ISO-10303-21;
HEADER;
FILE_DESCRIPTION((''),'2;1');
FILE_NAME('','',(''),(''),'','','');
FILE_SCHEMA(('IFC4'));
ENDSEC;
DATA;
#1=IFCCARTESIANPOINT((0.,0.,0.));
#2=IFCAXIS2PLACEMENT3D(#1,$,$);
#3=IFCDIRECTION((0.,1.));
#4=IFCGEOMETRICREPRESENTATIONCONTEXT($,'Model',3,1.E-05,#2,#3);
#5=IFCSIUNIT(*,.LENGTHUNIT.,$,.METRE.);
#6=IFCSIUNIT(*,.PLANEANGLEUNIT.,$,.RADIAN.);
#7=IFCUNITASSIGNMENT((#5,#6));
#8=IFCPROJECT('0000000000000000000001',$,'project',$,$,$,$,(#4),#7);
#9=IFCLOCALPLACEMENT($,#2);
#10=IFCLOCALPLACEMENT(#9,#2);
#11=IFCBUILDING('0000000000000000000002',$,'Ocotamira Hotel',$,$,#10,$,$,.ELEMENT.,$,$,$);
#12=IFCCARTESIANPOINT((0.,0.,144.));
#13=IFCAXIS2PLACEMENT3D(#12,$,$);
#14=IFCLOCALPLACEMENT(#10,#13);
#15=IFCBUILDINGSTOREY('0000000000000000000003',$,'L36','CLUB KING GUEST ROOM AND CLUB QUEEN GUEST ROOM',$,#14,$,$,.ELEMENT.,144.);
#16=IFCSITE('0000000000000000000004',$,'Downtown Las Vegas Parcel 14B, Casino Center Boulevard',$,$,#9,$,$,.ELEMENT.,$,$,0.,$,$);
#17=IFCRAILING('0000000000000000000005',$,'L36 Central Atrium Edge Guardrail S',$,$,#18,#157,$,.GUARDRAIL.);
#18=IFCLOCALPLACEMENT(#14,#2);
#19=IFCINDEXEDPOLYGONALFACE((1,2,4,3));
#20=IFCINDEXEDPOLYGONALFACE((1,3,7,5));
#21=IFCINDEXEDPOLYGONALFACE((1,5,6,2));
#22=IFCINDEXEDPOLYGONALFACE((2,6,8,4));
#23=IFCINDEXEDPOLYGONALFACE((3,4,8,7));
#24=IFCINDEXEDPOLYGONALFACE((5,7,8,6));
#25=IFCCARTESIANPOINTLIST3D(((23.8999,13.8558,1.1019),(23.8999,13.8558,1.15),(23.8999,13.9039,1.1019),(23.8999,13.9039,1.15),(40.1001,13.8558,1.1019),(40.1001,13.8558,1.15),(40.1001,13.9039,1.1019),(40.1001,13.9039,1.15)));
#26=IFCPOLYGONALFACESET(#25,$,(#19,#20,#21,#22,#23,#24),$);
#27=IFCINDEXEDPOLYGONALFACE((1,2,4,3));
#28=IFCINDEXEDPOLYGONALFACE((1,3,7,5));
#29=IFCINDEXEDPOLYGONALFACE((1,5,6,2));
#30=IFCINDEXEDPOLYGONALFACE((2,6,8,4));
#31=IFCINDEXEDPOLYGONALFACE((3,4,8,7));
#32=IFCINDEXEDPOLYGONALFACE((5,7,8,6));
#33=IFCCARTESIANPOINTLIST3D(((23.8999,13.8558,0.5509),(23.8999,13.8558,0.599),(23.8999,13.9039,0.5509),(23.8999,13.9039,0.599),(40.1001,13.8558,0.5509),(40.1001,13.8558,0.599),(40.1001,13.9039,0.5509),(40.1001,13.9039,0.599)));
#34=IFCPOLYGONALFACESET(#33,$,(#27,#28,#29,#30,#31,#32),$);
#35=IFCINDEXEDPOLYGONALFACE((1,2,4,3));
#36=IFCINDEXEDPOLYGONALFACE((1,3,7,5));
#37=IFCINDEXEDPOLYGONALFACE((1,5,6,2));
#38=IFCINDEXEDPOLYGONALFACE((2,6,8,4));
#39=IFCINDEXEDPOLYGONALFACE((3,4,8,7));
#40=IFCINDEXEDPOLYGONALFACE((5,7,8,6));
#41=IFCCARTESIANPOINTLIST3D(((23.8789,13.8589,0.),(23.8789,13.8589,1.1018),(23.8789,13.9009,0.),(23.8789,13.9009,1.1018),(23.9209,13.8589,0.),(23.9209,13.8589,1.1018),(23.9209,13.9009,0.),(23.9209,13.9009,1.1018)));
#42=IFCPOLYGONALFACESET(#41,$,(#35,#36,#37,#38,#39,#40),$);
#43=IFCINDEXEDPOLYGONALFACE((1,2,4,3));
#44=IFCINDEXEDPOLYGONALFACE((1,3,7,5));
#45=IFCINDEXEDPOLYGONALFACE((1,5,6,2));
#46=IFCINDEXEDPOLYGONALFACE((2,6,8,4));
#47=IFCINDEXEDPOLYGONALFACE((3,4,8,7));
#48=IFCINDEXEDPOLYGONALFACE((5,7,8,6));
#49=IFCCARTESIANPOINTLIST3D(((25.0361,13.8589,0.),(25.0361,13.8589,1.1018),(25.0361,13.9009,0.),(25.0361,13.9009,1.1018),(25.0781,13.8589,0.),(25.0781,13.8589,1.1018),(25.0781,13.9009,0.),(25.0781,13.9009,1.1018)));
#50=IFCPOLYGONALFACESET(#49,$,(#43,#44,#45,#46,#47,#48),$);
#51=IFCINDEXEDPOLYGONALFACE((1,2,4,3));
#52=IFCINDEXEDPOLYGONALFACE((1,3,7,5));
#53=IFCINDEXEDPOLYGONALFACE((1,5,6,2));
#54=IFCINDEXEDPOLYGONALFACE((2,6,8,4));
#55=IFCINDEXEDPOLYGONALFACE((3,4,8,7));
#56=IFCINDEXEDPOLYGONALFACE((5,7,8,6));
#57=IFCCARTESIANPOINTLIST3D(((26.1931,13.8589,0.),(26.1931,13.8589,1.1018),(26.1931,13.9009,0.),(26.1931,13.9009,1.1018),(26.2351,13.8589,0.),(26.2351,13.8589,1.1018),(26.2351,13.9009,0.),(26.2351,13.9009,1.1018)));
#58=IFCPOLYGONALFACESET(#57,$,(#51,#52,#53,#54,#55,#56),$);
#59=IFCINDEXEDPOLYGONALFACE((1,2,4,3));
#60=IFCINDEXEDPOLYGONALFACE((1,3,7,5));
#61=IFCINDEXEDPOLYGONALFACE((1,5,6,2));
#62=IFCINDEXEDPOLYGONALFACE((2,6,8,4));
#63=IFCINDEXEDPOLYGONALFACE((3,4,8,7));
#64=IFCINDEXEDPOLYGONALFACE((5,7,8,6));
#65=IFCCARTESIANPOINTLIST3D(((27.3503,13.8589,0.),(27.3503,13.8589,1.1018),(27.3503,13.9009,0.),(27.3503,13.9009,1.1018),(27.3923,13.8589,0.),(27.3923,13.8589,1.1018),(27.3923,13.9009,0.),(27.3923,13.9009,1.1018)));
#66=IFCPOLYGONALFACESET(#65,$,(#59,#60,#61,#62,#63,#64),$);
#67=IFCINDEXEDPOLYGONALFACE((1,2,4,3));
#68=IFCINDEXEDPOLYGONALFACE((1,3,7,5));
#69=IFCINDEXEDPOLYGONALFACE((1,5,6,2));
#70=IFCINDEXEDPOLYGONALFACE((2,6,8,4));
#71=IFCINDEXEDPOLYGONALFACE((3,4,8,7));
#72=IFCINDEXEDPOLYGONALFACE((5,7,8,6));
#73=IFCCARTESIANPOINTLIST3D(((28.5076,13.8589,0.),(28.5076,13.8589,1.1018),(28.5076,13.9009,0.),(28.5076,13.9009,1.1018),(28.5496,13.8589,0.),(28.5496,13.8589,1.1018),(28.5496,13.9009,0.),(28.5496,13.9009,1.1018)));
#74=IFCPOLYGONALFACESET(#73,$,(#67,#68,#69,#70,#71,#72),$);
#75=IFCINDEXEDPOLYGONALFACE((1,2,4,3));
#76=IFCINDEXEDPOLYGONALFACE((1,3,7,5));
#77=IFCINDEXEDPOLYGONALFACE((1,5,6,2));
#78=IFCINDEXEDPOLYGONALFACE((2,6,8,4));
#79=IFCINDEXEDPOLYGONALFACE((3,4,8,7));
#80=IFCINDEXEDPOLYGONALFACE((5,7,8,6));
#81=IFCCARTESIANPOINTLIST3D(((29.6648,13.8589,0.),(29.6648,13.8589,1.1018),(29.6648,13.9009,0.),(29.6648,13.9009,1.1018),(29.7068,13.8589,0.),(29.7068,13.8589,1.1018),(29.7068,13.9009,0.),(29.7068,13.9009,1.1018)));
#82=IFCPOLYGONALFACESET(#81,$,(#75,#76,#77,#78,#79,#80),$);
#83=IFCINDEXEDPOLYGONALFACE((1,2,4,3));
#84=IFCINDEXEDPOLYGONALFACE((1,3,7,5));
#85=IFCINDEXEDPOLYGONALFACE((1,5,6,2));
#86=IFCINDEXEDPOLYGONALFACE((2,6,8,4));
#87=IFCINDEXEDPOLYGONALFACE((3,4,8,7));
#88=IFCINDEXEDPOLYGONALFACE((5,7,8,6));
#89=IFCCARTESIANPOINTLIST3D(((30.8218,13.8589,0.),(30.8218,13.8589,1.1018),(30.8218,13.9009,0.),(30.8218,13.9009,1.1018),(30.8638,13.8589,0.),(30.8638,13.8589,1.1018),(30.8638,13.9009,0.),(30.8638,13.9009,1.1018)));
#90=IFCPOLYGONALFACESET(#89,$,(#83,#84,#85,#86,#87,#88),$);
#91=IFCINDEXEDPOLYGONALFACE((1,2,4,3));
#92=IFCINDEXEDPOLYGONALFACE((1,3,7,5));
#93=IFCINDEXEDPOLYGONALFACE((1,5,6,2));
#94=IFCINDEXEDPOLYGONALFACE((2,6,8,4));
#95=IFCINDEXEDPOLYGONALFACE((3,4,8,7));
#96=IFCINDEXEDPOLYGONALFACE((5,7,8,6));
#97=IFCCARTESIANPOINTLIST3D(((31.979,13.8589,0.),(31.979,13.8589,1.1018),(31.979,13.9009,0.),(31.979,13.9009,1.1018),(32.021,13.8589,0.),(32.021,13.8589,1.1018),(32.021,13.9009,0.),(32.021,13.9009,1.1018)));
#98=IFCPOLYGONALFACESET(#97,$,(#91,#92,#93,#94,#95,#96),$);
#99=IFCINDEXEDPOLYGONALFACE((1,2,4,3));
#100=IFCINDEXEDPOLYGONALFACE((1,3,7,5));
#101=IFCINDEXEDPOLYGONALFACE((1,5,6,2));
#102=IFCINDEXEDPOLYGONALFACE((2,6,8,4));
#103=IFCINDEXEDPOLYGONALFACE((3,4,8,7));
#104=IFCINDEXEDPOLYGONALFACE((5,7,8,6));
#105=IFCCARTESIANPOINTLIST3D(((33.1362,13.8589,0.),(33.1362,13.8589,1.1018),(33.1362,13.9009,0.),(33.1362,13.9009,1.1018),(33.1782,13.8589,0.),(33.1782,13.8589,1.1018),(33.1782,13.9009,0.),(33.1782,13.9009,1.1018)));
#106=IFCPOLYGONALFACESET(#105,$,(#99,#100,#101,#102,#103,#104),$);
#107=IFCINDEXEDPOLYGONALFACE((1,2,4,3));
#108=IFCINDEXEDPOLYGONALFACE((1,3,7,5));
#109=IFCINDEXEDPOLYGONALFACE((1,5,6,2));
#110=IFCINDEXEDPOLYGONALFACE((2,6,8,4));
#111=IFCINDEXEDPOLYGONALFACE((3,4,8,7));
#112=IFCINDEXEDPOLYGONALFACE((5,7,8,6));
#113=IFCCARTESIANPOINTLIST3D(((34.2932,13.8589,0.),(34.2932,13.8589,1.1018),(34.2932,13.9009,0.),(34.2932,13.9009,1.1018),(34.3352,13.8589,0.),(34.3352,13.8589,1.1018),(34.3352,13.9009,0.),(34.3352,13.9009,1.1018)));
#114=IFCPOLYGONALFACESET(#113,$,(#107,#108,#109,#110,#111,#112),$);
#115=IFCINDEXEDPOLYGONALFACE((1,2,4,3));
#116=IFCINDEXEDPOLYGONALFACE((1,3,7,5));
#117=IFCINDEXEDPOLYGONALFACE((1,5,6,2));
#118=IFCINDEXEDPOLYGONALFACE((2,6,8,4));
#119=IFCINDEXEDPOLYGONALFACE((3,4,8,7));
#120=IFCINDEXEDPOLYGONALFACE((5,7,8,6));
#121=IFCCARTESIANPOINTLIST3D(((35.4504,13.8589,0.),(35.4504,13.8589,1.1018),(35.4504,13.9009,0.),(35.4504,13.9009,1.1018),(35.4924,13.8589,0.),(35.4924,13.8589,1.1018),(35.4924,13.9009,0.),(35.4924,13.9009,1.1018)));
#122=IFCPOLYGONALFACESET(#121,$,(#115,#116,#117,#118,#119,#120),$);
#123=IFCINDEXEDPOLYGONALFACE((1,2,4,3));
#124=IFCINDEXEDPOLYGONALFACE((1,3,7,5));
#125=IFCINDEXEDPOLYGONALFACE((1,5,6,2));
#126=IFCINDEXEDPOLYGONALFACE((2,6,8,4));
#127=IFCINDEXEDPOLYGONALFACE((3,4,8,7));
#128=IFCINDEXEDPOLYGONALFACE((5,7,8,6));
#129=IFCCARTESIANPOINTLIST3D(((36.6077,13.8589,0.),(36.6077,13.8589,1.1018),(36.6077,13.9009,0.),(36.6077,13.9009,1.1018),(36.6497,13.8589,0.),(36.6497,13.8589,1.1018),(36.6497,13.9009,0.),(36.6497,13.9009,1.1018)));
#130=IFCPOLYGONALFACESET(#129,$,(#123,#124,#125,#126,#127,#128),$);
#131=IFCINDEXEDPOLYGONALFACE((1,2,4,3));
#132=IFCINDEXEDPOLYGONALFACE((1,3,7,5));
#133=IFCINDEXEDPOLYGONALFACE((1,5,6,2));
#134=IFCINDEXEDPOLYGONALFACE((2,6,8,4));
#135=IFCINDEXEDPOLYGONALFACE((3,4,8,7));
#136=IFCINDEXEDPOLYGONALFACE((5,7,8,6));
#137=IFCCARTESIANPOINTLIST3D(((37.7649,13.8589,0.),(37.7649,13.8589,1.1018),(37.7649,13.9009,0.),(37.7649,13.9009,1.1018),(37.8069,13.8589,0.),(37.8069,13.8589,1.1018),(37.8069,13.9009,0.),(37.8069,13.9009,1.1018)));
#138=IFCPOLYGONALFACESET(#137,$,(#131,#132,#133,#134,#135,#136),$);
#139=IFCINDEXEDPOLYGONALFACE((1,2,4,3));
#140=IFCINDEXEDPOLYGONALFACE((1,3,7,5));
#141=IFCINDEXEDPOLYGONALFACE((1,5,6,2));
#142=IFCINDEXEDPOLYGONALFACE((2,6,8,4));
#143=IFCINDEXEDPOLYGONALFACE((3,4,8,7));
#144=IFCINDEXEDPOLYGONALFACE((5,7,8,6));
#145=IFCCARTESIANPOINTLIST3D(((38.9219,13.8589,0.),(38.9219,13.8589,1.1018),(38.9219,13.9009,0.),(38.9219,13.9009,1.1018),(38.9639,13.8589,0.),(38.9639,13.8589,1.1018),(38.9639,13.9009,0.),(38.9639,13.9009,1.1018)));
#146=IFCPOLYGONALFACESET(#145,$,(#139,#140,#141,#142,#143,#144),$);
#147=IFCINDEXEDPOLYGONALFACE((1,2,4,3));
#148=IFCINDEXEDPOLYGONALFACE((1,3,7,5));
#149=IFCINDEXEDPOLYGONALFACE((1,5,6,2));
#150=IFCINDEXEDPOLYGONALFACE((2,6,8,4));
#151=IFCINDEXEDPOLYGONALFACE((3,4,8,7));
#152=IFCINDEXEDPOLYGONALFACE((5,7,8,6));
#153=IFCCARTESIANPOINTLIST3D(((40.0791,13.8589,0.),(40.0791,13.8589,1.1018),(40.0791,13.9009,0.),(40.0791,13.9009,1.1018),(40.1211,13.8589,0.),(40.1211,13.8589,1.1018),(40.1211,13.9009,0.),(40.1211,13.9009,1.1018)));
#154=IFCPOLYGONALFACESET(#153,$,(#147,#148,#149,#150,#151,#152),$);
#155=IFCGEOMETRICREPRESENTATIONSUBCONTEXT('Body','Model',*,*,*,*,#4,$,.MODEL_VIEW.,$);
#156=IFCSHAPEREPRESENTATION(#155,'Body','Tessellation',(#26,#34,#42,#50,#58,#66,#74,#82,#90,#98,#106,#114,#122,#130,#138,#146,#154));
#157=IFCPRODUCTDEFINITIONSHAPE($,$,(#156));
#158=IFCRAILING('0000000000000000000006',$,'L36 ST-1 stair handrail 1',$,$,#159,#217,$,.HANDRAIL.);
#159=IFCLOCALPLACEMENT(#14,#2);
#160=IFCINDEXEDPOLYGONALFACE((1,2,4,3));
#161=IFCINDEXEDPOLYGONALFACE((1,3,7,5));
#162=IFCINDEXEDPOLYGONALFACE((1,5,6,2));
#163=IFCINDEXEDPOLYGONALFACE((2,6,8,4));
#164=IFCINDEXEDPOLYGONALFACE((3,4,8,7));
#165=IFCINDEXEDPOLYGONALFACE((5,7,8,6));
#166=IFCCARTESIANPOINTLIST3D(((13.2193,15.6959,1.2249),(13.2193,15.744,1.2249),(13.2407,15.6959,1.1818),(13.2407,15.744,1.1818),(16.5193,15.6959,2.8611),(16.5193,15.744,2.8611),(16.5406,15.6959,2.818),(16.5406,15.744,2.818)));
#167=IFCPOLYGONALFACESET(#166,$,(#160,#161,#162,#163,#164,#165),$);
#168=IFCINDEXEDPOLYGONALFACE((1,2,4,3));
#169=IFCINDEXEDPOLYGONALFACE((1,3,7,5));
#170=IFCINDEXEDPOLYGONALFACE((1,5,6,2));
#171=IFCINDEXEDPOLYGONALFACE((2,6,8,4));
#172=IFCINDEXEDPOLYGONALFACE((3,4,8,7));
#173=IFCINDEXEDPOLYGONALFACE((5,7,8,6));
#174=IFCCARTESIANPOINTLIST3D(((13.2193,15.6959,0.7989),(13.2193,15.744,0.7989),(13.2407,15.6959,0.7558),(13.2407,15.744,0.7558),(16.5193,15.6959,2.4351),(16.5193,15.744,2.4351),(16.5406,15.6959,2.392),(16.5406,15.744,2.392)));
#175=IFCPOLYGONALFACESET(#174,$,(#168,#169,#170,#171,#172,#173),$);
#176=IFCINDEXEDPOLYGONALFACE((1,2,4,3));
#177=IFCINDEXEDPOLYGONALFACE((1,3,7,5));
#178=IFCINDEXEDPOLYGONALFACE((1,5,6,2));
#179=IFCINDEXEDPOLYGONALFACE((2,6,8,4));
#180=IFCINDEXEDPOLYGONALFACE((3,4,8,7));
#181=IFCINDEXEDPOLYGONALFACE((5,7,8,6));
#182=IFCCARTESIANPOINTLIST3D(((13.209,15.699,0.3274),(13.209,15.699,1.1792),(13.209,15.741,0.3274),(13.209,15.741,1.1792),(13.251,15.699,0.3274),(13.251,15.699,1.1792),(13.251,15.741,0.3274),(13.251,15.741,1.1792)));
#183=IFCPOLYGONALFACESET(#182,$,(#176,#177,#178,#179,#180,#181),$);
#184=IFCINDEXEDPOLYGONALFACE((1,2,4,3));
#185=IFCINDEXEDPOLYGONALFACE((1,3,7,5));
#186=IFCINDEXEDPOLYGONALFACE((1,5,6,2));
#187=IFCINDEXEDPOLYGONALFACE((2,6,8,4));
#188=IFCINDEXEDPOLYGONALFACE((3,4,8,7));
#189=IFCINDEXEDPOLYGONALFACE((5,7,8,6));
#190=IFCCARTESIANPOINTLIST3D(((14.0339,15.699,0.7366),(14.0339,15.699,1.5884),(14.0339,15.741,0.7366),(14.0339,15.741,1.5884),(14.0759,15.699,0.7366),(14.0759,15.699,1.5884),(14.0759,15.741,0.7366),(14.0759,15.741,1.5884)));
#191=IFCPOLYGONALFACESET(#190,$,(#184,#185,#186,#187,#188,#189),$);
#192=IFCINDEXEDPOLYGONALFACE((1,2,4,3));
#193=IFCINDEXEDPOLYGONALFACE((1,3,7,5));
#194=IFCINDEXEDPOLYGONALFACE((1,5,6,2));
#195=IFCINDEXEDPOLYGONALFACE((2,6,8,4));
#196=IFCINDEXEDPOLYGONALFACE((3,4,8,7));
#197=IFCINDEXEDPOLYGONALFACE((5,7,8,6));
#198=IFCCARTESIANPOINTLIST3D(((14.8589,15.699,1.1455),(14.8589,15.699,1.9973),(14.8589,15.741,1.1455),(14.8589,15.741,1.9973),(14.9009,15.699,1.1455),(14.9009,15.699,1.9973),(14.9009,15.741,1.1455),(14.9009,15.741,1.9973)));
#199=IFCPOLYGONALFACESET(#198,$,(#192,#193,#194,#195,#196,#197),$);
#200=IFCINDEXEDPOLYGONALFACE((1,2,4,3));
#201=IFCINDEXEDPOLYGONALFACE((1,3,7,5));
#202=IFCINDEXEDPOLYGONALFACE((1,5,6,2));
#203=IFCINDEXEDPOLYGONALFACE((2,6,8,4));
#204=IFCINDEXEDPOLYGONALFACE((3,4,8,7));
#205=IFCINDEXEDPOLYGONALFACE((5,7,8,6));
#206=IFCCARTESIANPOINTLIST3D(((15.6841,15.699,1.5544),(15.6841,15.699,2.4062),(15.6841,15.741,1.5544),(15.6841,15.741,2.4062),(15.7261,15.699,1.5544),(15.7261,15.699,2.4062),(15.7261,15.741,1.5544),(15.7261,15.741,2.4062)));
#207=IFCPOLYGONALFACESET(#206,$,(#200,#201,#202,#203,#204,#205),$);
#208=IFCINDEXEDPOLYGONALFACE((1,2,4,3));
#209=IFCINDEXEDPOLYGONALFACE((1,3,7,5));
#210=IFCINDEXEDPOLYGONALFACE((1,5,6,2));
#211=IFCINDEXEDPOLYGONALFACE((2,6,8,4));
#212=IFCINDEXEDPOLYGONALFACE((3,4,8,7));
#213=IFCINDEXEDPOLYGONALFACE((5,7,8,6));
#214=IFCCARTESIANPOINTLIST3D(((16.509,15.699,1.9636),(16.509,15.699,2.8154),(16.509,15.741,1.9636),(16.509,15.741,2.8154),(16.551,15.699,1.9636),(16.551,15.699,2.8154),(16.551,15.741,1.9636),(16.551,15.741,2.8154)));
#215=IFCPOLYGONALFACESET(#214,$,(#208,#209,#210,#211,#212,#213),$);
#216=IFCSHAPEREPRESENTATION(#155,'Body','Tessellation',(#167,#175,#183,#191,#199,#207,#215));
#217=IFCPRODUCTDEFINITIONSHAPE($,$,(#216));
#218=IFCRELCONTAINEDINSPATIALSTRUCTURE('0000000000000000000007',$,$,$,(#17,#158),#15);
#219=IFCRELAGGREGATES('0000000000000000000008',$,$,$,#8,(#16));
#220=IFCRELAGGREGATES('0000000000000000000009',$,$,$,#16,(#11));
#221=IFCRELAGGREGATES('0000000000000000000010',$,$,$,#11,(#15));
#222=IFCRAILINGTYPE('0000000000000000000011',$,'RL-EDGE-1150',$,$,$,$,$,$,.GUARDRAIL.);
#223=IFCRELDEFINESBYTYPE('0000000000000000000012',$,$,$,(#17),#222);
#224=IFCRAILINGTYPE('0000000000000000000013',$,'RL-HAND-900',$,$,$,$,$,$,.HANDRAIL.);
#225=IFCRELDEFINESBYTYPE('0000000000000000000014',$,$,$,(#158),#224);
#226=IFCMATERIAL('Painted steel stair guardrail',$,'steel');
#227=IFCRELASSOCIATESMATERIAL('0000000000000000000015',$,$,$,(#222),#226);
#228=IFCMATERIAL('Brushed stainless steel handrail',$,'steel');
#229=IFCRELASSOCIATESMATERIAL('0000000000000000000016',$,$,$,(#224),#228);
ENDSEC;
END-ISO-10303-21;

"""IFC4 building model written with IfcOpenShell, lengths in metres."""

from ifc_helpers import new_model, si_unit, direction, frame, origin, origin_2d, place, context, subcontext, project, spatial, rectangle, extrude, material, type_object, element, save


model = new_model("IFC4")

# Units and contexts
model_context = context("Model", 3, precision=1e-05, world=origin(), true_north=direction((0.0, 1.0)))
body_context = subcontext(model_context, "Body", "Model", "MODEL_VIEW")
ifc_project = project(units=[si_unit("LENGTHUNIT", "METRE"), si_unit("PLANEANGLEUNIT", "RADIAN")], contexts=[model_context])

# Site, building, storey
site_placement = place(None, origin())
site = spatial("IfcSite", under=ifc_project, at=site_placement, Name="Downtown Las Vegas Parcel 14B, Casino Center Boulevard", CompositionType="ELEMENT", RefElevation=0.0)
building_placement = place(site_placement, origin())
building = spatial("IfcBuilding", under=site, at=building_placement, Name="Ocotamira Hotel", CompositionType="ELEMENT")
storey_placement = place(building_placement, frame((0.0, 0.0, 144.0)))
storey = spatial("IfcBuildingStorey", under=building, at=storey_placement, Name="L36", Description="CLUB KING GUEST ROOM AND CLUB QUEEN GUEST ROOM", CompositionType="ELEMENT", Elevation=144.0)

# Railings
ifc_material_1 = material(Name="Painted steel stair guardrail", Category="steel")
railing_type_1 = type_object("IfcRailingType", Name="RL-EDGE-1150", PredefinedType="GUARDRAIL", material=ifc_material_1)
railing_1_placement = place(storey_placement, frame((23.8999, 13.8799, 0.0)))
element("IfcRailing", 1, at=railing_1_placement, inside=storey, type_object=railing_type_1, Name="L36 Central Atrium Edge Guardrail S", PredefinedType="GUARDRAIL", context=body_context, shape_type="SweptSolid", body=[
    extrude(rectangle(XDim=0.0481, YDim=0.0481, at=origin_2d()), frame((0.0, 0.0, 1.126), z_axis=(1.0, 0.0, 0.0), x_axis=(0.0, 1.0, 0.0)), (0.0, 0.0, 1.0), 16.2002),
    extrude(rectangle(XDim=0.0481, YDim=0.0481, at=origin_2d()), frame((0.0, 0.0, 0.575), z_axis=(1.0, 0.0, 0.0), x_axis=(0.0, 1.0, 0.0)), (0.0, 0.0, 1.0), 16.2002),
    extrude(rectangle(XDim=0.042, YDim=0.042, at=origin_2d()), origin(), (0.0, 0.0, 1.0), 1.1018),
    extrude(rectangle(XDim=0.042, YDim=0.042, at=origin_2d()), frame((1.1572, 0.0, 0.0)), (0.0, 0.0, 1.0), 1.1018),
    extrude(rectangle(XDim=0.042, YDim=0.042, at=origin_2d()), frame((2.3142, 0.0, 0.0)), (0.0, 0.0, 1.0), 1.1018),
    extrude(rectangle(XDim=0.042, YDim=0.042, at=origin_2d()), frame((3.4714, 0.0, 0.0)), (0.0, 0.0, 1.0), 1.1018),
    extrude(rectangle(XDim=0.042, YDim=0.042, at=origin_2d()), frame((4.6287, 0.0, 0.0)), (0.0, 0.0, 1.0), 1.1018),
    extrude(rectangle(XDim=0.042, YDim=0.042, at=origin_2d()), frame((5.7859, 0.0, 0.0)), (0.0, 0.0, 1.0), 1.1018),
    extrude(rectangle(XDim=0.042, YDim=0.042, at=origin_2d()), frame((6.9429, 0.0, 0.0)), (0.0, 0.0, 1.0), 1.1018),
    extrude(rectangle(XDim=0.042, YDim=0.042, at=origin_2d()), frame((8.1001, 0.0, 0.0)), (0.0, 0.0, 1.0), 1.1018),
    extrude(rectangle(XDim=0.042, YDim=0.042, at=origin_2d()), frame((9.2573, 0.0, 0.0)), (0.0, 0.0, 1.0), 1.1018),
    extrude(rectangle(XDim=0.042, YDim=0.042, at=origin_2d()), frame((10.4143, 0.0, 0.0)), (0.0, 0.0, 1.0), 1.1018),
    extrude(rectangle(XDim=0.042, YDim=0.042, at=origin_2d()), frame((11.5715, 0.0, 0.0)), (0.0, 0.0, 1.0), 1.1018),
    extrude(rectangle(XDim=0.042, YDim=0.042, at=origin_2d()), frame((12.7288, 0.0, 0.0)), (0.0, 0.0, 1.0), 1.1018),
    extrude(rectangle(XDim=0.042, YDim=0.042, at=origin_2d()), frame((13.886, 0.0, 0.0)), (0.0, 0.0, 1.0), 1.1018),
    extrude(rectangle(XDim=0.042, YDim=0.042, at=origin_2d()), frame((15.043, 0.0, 0.0)), (0.0, 0.0, 1.0), 1.1018),
    extrude(rectangle(XDim=0.042, YDim=0.042, at=origin_2d()), frame((16.2002, 0.0, 0.0)), (0.0, 0.0, 1.0), 1.1018),
])
ifc_material_2 = material(Name="Brushed stainless steel handrail", Category="steel")
railing_type_2 = type_object("IfcRailingType", Name="RL-HAND-900", PredefinedType="HANDRAIL", material=ifc_material_2)
railing_2_placement = place(storey_placement, frame((13.23, 15.72, 0.3274)))
element("IfcRailing", 2, at=railing_2_placement, inside=storey, type_object=railing_type_2, Name="L36 ST-1 stair handrail 1", PredefinedType="HANDRAIL", context=body_context, shape_type="SweptSolid", body=[
    extrude(rectangle(XDim=0.0481, YDim=0.0481, at=origin_2d()), frame((0.0, 0.0, 0.876), z_axis=(0.89592, 0.0, 0.444215), x_axis=(0.0, 1.0, 0.0)), (0.0, 0.0, 1.0), 3.6833),
    extrude(rectangle(XDim=0.0481, YDim=0.0481, at=origin_2d()), frame((0.0, 0.0, 0.45), z_axis=(0.89592, 0.0, 0.444215), x_axis=(0.0, 1.0, 0.0)), (0.0, 0.0, 1.0), 3.6833),
    extrude(rectangle(XDim=0.042, YDim=0.042, at=origin_2d()), origin(), (0.0, 0.0, 1.0), 0.8518),
    extrude(rectangle(XDim=0.042, YDim=0.042, at=origin_2d()), frame((0.825, 0.0, 0.4092)), (0.0, 0.0, 1.0), 0.8518),
    extrude(rectangle(XDim=0.042, YDim=0.042, at=origin_2d()), frame((1.6499, 0.0, 0.8181)), (0.0, 0.0, 1.0), 0.8518),
    extrude(rectangle(XDim=0.042, YDim=0.042, at=origin_2d()), frame((2.4751, 0.0, 1.2271)), (0.0, 0.0, 1.0), 0.8518),
    extrude(rectangle(XDim=0.042, YDim=0.042, at=origin_2d()), frame((3.3, 0.0, 1.6362)), (0.0, 0.0, 1.0), 0.8518),
])

save(model, "model.ifc")
